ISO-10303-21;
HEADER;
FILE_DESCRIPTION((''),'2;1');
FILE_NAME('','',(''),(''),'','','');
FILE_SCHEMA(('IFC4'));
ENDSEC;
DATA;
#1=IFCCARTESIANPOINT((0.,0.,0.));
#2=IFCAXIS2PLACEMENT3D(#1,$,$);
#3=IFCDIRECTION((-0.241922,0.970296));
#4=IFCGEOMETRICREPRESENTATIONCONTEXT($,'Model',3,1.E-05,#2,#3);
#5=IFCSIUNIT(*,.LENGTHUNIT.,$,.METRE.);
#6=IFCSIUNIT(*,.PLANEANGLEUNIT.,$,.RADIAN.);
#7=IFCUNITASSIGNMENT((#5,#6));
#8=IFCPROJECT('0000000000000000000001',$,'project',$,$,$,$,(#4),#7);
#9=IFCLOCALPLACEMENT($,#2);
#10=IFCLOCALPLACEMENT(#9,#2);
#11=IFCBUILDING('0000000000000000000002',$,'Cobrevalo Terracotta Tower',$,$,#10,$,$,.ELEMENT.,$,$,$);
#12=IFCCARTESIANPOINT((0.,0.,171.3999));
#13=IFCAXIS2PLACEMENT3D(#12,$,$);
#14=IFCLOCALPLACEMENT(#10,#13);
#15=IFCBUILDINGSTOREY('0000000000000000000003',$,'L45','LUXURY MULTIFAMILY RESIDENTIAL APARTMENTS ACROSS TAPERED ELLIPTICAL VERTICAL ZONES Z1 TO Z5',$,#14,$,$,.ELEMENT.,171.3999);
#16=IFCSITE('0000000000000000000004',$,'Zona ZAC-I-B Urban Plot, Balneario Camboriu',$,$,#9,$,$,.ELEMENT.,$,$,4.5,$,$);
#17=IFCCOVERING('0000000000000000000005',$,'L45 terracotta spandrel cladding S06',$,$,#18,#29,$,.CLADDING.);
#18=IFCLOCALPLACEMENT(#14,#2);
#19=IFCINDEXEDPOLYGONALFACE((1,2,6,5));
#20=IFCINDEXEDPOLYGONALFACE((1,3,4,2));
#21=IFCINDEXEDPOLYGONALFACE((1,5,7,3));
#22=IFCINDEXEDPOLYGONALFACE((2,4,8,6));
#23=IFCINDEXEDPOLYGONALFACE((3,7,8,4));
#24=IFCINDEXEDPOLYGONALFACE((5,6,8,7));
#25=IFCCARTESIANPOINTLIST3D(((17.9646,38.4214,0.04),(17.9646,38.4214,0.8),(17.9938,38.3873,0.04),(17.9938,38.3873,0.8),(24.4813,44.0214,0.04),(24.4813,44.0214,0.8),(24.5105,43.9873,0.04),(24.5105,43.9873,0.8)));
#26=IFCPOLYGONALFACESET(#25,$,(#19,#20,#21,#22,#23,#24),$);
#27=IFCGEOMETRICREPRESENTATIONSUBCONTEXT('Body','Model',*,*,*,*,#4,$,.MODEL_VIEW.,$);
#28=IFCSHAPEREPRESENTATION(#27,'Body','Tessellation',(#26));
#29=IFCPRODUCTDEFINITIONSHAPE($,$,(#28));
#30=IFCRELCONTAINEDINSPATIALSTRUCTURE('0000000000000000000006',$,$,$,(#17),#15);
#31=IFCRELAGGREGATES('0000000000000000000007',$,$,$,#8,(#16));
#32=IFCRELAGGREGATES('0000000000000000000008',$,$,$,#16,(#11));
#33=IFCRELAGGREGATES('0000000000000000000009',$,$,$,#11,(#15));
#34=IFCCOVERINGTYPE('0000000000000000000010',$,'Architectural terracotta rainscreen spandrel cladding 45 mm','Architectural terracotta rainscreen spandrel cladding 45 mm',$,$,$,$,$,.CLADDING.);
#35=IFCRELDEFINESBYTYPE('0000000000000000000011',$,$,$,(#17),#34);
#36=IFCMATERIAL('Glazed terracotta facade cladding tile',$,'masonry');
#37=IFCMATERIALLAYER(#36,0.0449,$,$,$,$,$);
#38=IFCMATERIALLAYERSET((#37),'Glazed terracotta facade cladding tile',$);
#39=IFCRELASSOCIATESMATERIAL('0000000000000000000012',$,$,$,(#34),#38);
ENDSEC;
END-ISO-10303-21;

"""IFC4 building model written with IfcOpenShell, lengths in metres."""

from ifc_helpers import new_model, si_unit, direction, frame, origin, origin_2d, place, context, subcontext, project, spatial, rectangle, extrude, source, transform, mapped, material, layer, layer_set, type_object, element, save


model = new_model("IFC4")

# Units and contexts
model_context = context("Model", 3, precision=1e-05, world=origin(), true_north=direction((-0.241922, 0.970296)))
body_context = subcontext(model_context, "Body", "Model", "MODEL_VIEW")
ifc_project = project(units=[si_unit("LENGTHUNIT", "METRE"), si_unit("PLANEANGLEUNIT", "RADIAN")], contexts=[model_context])

# Site, building, storey
site_placement = place(None, origin())
site = spatial("IfcSite", under=ifc_project, at=site_placement, Name="Zona ZAC-I-B Urban Plot, Balneario Camboriu", CompositionType="ELEMENT", RefElevation=4.5)
building_placement = place(site_placement, origin())
building = spatial("IfcBuilding", under=site, at=building_placement, Name="Cobrevalo Terracotta Tower", CompositionType="ELEMENT")
storey_placement = place(building_placement, frame((0.0, 0.0, 171.3999)))
storey = spatial("IfcBuildingStorey", under=building, at=storey_placement, Name="L45", Description="LUXURY MULTIFAMILY RESIDENTIAL APARTMENTS ACROSS TAPERED ELLIPTICAL VERTICAL ZONES Z1 TO Z5", CompositionType="ELEMENT", Elevation=171.3999)

# Covering
ifc_material_1 = material(Name="Glazed terracotta facade cladding tile", Category="masonry")
ifc_layer_1 = layer(ifc_material_1, 0.0449)
ifc_layer_set_1 = layer_set([ifc_layer_1], Name="Glazed terracotta facade cladding tile")
covering_type = type_object("IfcCoveringType", Name="Architectural terracotta rainscreen spandrel cladding 45 mm", Description="Architectural terracotta rainscreen spandrel cladding 45 mm", PredefinedType="CLADDING", material=ifc_layer_set_1)
shared_shape_1 = source(origin(), body_context, "Body", "SweptSolid", [
    extrude(rectangle(XDim=8.5923, YDim=0.0449, at=origin_2d()), origin(), (0.0, 0.0, 1.0), 0.76),
])
covering_placement = place(storey_placement, frame((21.2375, 41.2043, 0.04), z_axis=(0.0, 0.0, 1.0), x_axis=(-0.758437, -0.651746, 0.0)))
element("IfcCovering", 1, at=covering_placement, inside=storey, type_object=covering_type, Name="L45 terracotta spandrel cladding S06", PredefinedType="CLADDING", context=body_context, shape_type="MappedRepresentation", body=[
    mapped(shared_shape_1, transform((0.0, 0.0, 0.0), scale=1.0)),
])

save(model, "model.ifc")
